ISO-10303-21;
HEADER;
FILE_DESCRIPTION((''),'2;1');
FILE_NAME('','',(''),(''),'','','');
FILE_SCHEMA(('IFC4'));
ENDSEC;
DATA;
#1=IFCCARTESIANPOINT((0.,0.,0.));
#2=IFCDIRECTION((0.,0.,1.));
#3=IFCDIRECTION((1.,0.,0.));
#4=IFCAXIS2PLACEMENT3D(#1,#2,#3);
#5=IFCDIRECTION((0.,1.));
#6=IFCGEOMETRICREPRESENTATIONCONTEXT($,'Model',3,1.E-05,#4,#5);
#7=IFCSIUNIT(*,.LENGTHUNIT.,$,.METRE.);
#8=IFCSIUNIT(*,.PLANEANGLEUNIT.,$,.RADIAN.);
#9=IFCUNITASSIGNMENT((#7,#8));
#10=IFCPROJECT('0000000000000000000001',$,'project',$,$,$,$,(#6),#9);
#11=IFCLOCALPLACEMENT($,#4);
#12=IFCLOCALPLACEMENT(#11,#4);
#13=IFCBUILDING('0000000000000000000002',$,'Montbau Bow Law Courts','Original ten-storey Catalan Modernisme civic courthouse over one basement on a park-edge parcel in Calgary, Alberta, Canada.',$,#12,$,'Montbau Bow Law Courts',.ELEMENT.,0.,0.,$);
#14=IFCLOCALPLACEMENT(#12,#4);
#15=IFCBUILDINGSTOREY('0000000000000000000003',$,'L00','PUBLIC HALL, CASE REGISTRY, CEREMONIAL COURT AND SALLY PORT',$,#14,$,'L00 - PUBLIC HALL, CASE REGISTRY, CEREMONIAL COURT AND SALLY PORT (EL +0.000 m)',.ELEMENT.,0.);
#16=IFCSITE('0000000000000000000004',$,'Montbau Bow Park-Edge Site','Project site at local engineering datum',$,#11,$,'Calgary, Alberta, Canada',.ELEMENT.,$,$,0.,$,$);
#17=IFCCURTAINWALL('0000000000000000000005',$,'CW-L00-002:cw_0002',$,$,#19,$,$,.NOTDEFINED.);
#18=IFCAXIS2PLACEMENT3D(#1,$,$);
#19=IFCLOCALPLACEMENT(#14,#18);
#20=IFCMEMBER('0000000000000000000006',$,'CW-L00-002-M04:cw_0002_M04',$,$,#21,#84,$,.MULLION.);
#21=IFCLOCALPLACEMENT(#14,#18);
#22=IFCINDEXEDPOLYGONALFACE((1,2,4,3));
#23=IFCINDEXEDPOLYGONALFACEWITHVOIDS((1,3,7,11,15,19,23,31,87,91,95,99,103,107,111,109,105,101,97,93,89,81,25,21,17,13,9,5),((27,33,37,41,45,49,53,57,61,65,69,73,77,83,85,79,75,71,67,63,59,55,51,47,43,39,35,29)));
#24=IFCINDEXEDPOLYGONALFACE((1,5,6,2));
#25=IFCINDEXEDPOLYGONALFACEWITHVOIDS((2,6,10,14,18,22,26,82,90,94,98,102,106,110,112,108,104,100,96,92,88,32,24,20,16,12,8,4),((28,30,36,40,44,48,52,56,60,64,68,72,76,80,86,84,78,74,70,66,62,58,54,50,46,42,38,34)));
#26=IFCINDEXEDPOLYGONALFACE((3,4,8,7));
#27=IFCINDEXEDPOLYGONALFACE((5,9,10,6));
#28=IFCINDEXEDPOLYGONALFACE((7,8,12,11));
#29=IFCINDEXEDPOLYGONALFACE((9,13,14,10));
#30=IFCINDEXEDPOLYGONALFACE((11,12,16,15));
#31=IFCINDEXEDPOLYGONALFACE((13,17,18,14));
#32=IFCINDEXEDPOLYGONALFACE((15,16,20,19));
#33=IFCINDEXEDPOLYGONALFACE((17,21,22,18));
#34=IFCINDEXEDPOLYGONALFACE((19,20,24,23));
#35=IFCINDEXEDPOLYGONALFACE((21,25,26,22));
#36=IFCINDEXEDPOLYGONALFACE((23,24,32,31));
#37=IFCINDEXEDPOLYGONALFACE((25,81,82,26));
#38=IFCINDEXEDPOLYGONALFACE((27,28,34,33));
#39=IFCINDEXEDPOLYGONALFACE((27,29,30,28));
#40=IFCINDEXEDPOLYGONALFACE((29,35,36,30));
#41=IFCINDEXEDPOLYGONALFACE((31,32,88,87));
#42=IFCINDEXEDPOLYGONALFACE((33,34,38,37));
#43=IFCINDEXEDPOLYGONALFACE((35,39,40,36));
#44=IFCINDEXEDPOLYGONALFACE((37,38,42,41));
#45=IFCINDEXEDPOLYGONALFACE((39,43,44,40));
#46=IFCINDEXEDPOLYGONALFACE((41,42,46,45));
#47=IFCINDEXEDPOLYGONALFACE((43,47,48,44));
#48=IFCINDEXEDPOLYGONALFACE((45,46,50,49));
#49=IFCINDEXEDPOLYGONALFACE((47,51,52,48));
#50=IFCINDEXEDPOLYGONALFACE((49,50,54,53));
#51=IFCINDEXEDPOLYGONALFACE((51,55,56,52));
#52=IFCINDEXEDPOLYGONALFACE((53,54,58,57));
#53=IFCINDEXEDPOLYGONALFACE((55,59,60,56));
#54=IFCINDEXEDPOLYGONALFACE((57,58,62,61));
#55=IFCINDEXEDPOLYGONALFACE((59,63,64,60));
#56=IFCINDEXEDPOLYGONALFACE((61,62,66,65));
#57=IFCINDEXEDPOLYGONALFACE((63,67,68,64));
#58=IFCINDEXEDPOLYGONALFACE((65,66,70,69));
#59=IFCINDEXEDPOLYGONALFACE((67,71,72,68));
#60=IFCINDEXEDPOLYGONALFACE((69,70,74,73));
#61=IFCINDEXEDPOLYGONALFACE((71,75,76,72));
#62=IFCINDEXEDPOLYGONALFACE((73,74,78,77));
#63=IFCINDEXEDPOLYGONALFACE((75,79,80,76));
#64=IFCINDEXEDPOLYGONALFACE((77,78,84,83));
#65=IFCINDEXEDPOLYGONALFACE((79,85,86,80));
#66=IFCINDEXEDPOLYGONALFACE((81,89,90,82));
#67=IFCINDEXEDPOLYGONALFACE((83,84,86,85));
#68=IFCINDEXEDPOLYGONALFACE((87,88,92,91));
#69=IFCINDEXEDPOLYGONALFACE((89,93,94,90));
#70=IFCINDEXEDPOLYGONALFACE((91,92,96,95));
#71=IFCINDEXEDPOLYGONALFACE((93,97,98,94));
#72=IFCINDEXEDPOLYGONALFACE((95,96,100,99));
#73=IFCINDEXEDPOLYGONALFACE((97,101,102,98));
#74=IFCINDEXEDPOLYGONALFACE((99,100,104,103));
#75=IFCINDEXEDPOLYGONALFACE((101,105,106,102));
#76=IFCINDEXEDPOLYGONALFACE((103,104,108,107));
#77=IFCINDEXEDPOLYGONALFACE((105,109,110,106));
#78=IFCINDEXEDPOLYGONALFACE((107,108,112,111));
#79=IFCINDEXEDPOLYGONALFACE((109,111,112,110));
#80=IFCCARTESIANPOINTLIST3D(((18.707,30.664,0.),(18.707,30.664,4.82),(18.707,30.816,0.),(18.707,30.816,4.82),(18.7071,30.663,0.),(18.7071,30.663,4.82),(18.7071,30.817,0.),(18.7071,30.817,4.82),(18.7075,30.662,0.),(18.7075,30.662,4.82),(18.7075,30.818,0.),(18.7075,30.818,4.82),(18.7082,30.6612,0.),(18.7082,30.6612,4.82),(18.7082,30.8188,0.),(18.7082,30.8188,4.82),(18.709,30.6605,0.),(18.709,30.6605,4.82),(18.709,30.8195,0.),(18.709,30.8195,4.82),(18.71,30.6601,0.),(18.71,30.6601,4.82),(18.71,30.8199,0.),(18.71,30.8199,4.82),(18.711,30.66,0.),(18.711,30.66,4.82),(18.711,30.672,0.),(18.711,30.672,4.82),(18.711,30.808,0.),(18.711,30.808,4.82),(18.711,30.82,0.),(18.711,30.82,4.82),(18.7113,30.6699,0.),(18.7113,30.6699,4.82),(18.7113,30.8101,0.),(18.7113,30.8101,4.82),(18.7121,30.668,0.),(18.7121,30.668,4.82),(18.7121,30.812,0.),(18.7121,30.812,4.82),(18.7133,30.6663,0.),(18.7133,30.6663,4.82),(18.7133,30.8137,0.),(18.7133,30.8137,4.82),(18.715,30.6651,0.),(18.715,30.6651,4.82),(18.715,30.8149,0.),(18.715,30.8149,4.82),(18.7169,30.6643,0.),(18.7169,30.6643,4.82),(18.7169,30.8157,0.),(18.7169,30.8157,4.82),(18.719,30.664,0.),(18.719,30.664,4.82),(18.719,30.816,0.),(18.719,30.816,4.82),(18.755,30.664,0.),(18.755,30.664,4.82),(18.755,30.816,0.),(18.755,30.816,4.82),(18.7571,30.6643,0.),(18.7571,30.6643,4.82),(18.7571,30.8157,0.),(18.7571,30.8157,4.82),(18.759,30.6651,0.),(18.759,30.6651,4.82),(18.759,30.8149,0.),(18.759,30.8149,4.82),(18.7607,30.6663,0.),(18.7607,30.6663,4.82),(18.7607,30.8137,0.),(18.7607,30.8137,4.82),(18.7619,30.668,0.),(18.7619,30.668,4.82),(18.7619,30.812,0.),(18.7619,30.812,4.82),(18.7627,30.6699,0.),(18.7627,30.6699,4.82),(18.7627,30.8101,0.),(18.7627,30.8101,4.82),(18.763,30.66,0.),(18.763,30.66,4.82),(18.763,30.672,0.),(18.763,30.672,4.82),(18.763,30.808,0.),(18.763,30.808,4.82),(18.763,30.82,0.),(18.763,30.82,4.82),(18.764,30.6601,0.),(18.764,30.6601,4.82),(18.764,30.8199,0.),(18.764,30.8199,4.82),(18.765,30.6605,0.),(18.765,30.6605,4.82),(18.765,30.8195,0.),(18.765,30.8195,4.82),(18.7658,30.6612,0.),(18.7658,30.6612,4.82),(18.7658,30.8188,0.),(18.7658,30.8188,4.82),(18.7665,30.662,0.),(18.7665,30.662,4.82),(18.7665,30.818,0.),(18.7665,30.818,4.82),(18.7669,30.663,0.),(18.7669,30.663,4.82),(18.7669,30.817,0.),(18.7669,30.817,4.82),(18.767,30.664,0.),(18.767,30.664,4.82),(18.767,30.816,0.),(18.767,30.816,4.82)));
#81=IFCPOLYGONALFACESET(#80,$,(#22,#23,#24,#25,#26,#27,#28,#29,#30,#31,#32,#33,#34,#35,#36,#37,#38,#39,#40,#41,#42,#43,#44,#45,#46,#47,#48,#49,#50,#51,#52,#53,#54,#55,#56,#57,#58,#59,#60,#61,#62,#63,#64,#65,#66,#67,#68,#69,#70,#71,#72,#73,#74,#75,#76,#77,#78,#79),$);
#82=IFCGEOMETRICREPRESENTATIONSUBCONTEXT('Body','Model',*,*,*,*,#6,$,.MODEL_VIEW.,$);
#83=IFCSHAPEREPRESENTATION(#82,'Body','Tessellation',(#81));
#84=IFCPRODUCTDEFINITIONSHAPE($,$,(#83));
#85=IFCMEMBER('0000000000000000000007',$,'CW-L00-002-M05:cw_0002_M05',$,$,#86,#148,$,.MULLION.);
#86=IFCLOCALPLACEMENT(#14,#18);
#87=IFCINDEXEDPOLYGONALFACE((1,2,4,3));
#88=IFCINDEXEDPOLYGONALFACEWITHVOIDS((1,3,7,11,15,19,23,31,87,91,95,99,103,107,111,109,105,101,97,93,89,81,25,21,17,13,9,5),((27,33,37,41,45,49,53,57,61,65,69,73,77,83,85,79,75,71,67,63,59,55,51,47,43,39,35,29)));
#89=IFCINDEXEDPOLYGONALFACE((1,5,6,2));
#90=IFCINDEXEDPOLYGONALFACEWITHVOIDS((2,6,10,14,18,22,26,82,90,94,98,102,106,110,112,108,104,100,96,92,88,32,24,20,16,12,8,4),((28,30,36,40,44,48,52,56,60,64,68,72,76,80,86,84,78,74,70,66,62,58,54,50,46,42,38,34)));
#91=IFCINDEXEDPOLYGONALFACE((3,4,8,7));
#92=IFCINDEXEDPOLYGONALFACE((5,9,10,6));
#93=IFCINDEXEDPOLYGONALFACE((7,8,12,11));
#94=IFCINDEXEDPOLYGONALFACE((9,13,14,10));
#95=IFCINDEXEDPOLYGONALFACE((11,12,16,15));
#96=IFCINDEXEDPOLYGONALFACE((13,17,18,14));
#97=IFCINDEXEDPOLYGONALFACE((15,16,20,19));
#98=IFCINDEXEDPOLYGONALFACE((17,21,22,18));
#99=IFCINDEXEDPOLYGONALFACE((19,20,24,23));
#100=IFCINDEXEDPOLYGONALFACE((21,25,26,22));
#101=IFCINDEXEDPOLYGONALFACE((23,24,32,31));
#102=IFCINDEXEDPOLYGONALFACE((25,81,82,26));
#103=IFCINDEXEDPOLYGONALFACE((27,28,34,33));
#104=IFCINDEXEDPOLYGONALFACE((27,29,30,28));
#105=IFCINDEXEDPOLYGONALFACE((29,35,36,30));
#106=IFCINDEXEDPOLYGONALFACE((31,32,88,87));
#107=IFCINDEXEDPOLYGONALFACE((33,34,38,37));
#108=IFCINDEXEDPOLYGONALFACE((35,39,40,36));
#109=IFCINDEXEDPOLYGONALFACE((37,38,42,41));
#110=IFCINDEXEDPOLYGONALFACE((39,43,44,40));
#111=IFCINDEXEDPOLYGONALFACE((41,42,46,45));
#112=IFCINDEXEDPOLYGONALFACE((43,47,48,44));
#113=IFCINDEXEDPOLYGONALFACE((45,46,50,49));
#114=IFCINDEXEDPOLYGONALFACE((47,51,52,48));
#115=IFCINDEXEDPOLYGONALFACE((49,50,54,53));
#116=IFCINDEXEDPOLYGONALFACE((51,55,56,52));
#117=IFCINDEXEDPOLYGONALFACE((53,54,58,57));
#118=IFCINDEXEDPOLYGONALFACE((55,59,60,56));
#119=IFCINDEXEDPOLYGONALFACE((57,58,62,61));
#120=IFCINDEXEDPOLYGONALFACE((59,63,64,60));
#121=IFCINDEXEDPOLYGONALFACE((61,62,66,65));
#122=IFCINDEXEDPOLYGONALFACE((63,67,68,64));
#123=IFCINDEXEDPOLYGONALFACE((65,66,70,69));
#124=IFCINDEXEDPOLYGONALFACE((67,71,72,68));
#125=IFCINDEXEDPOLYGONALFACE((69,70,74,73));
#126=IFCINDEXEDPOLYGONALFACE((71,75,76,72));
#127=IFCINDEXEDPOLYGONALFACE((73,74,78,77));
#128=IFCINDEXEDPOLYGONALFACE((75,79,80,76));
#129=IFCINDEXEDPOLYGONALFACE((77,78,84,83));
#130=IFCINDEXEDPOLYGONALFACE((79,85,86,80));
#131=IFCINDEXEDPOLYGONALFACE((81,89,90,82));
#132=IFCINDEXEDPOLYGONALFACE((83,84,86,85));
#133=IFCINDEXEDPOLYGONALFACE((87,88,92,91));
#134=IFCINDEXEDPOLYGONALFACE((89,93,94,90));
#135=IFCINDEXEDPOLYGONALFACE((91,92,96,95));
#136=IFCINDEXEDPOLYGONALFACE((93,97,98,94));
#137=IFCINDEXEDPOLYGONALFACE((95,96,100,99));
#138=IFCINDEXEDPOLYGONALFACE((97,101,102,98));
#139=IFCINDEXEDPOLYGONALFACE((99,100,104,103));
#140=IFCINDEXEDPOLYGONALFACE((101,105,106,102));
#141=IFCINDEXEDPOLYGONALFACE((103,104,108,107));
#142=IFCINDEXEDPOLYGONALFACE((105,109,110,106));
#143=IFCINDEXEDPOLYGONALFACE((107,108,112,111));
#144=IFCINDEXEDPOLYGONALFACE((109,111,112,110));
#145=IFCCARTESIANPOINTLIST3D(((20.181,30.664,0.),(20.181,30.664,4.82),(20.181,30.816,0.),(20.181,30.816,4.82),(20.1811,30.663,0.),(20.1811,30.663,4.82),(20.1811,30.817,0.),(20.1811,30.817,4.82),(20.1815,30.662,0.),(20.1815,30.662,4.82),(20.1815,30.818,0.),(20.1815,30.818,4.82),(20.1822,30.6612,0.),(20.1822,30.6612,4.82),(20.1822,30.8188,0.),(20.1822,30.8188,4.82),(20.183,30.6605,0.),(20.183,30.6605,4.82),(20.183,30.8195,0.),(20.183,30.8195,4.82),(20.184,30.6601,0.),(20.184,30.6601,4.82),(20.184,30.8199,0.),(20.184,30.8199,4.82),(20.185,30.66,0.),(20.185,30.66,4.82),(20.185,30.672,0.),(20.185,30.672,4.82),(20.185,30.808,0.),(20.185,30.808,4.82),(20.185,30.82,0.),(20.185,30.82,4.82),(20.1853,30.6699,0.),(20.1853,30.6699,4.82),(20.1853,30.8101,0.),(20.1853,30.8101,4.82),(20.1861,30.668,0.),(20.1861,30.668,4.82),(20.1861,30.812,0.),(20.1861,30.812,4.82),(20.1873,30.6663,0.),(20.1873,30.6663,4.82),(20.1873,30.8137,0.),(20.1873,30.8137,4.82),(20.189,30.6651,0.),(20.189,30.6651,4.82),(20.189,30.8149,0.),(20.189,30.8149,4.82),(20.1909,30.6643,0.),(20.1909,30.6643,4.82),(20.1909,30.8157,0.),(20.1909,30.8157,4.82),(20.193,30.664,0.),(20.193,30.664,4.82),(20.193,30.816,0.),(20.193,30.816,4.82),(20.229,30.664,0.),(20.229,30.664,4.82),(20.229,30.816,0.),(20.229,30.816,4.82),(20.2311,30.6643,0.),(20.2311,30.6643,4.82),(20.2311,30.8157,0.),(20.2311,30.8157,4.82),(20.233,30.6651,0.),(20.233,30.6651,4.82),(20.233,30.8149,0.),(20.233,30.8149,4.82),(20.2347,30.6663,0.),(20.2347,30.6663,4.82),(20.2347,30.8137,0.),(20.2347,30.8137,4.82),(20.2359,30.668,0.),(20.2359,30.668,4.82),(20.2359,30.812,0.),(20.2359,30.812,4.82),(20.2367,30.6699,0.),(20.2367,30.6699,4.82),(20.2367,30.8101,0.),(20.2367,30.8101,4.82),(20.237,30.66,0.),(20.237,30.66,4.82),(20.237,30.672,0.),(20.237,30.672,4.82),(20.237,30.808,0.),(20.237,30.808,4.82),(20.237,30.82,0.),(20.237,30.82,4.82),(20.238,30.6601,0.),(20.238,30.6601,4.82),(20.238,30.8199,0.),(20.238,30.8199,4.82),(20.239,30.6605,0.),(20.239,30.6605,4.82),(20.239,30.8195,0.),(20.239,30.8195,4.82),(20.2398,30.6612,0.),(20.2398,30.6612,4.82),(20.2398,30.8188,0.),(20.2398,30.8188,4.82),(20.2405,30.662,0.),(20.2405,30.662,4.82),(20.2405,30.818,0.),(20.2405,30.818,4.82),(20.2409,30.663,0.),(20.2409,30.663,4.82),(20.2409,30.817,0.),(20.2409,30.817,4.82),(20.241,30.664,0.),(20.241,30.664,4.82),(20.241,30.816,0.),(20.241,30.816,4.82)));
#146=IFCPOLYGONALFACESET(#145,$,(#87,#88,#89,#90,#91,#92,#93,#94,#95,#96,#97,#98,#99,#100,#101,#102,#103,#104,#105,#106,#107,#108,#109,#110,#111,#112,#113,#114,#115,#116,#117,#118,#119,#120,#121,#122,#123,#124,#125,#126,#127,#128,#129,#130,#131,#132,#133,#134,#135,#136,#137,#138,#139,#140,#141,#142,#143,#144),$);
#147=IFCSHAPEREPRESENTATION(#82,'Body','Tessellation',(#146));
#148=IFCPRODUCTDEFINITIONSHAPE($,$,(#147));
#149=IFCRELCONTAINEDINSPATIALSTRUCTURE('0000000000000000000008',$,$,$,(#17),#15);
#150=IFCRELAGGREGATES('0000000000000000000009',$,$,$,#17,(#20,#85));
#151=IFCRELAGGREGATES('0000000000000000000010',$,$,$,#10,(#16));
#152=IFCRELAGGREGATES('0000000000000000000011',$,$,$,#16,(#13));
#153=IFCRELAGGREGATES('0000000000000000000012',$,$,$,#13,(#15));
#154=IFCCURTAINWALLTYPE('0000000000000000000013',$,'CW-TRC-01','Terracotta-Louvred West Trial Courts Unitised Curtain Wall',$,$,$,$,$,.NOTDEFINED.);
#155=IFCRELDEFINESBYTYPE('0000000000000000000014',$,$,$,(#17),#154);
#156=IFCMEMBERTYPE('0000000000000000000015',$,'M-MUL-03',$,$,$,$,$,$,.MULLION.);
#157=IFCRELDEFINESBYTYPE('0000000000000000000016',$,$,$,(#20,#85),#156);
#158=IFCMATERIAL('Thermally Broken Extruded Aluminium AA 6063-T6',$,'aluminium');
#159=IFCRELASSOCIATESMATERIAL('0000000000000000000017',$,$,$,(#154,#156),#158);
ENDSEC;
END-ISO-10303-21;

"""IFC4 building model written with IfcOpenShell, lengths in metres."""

from ifc_helpers import new_model, si_unit, direction, frame, origin_with_axes, origin_2d_with_axis, place, context, subcontext, project, spatial, hollow_rectangle, extrude, material, material_profile, profile_set, type_object, element, aggregate, save


model = new_model("IFC4")

# Units and contexts
model_context = context("Model", 3, precision=1e-05, world=origin_with_axes(), true_north=direction((0.0, 1.0)))
body_context = subcontext(model_context, "Body", "Model", "MODEL_VIEW")
ifc_project = project(units=[si_unit("LENGTHUNIT", "METRE"), si_unit("PLANEANGLEUNIT", "RADIAN")], contexts=[model_context])

# Site, building, storey
site_placement = place(None, origin_with_axes())
site = spatial("IfcSite", under=ifc_project, at=site_placement, Name="Montbau Bow Park-Edge Site", Description="Project site at local engineering datum", LongName="Calgary, Alberta, Canada", CompositionType="ELEMENT", RefElevation=0.0)
building_placement = place(site_placement, origin_with_axes())
building = spatial("IfcBuilding", under=site, at=building_placement, Name="Montbau Bow Law Courts", Description="Original ten-storey Catalan Modernisme civic courthouse over one basement on a park-edge parcel in Calgary, Alberta, Canada.", LongName="Montbau Bow Law Courts", CompositionType="ELEMENT", ElevationOfRefHeight=0.0, ElevationOfTerrain=0.0)
storey_placement = place(building_placement, origin_with_axes())
storey = spatial("IfcBuildingStorey", under=building, at=storey_placement, Name="L00", Description="PUBLIC HALL, CASE REGISTRY, CEREMONIAL COURT AND SALLY PORT", LongName="L00 - PUBLIC HALL, CASE REGISTRY, CEREMONIAL COURT AND SALLY PORT (EL +0.000 m)", CompositionType="ELEMENT", Elevation=0.0)

# Curtain wall, members
ifc_material_1 = material(Name="Thermally Broken Extruded Aluminium AA 6063-T6", Category="aluminium")
curtain_wall_type = type_object("IfcCurtainWallType", Name="CW-TRC-01", Description="Terracotta-Louvred West Trial Courts Unitised Curtain Wall", PredefinedType="NOTDEFINED", material=ifc_material_1)
curtain_wall_placement = place(None, frame((14.315, 30.74, 0.0), z_axis=(0.0, 0.0, 1.0), x_axis=(1.0, 0.0, 0.0)))
curtain_wall = element("IfcCurtainWall", 1, at=curtain_wall_placement, inside=storey, type_object=curtain_wall_type, Name="CW-L00-002:cw_0002", PredefinedType="NOTDEFINED")
ifc_material_profile_1 = material_profile(ifc_material_1, hollow_rectangle(XDim=0.06, YDim=0.16, WallThickness=0.004, InnerFilletRadius=0.008, OuterFilletRadius=0.004, at=origin_2d_with_axis()), Name="CWM-160X60", Category="Main", Priority=0)
ifc_profile_set_1 = profile_set([ifc_material_profile_1], Name="Thermally Broken Extruded Aluminium AA 6063-T6")
member_type_1 = type_object("IfcMemberType", Name="M-MUL-03", PredefinedType="MULLION", material=ifc_profile_set_1)
member_1_placement = place(None, frame((18.737, 30.74, 0.0), z_axis=(0.0, 0.0, 1.0), x_axis=(1.0, 0.0, 0.0)))
member_1 = element("IfcMember", 2, at=member_1_placement, type_object=member_type_1, Name="CW-L00-002-M04:cw_0002_M04", PredefinedType="MULLION", context=body_context, shape_type="SweptSolid", body=[
    extrude(hollow_rectangle(XDim=0.06, YDim=0.16, WallThickness=0.004, InnerFilletRadius=0.008, OuterFilletRadius=0.004, at=origin_2d_with_axis()), origin_with_axes(), (0.0, 0.0, 1.0), 4.82),
])
member_2_placement = place(None, frame((20.211, 30.74, 0.0), z_axis=(0.0, 0.0, 1.0), x_axis=(1.0, 0.0, 0.0)))
member_2 = element("IfcMember", 3, at=member_2_placement, type_object=member_type_1, Name="CW-L00-002-M05:cw_0002_M05", PredefinedType="MULLION", context=body_context, shape_type="SweptSolid", body=[
    extrude(hollow_rectangle(XDim=0.06, YDim=0.16, WallThickness=0.004, InnerFilletRadius=0.008, OuterFilletRadius=0.004, at=origin_2d_with_axis()), origin_with_axes(), (0.0, 0.0, 1.0), 4.82),
])
aggregate(curtain_wall, [member_1, member_2])

save(model, "model.ifc")
